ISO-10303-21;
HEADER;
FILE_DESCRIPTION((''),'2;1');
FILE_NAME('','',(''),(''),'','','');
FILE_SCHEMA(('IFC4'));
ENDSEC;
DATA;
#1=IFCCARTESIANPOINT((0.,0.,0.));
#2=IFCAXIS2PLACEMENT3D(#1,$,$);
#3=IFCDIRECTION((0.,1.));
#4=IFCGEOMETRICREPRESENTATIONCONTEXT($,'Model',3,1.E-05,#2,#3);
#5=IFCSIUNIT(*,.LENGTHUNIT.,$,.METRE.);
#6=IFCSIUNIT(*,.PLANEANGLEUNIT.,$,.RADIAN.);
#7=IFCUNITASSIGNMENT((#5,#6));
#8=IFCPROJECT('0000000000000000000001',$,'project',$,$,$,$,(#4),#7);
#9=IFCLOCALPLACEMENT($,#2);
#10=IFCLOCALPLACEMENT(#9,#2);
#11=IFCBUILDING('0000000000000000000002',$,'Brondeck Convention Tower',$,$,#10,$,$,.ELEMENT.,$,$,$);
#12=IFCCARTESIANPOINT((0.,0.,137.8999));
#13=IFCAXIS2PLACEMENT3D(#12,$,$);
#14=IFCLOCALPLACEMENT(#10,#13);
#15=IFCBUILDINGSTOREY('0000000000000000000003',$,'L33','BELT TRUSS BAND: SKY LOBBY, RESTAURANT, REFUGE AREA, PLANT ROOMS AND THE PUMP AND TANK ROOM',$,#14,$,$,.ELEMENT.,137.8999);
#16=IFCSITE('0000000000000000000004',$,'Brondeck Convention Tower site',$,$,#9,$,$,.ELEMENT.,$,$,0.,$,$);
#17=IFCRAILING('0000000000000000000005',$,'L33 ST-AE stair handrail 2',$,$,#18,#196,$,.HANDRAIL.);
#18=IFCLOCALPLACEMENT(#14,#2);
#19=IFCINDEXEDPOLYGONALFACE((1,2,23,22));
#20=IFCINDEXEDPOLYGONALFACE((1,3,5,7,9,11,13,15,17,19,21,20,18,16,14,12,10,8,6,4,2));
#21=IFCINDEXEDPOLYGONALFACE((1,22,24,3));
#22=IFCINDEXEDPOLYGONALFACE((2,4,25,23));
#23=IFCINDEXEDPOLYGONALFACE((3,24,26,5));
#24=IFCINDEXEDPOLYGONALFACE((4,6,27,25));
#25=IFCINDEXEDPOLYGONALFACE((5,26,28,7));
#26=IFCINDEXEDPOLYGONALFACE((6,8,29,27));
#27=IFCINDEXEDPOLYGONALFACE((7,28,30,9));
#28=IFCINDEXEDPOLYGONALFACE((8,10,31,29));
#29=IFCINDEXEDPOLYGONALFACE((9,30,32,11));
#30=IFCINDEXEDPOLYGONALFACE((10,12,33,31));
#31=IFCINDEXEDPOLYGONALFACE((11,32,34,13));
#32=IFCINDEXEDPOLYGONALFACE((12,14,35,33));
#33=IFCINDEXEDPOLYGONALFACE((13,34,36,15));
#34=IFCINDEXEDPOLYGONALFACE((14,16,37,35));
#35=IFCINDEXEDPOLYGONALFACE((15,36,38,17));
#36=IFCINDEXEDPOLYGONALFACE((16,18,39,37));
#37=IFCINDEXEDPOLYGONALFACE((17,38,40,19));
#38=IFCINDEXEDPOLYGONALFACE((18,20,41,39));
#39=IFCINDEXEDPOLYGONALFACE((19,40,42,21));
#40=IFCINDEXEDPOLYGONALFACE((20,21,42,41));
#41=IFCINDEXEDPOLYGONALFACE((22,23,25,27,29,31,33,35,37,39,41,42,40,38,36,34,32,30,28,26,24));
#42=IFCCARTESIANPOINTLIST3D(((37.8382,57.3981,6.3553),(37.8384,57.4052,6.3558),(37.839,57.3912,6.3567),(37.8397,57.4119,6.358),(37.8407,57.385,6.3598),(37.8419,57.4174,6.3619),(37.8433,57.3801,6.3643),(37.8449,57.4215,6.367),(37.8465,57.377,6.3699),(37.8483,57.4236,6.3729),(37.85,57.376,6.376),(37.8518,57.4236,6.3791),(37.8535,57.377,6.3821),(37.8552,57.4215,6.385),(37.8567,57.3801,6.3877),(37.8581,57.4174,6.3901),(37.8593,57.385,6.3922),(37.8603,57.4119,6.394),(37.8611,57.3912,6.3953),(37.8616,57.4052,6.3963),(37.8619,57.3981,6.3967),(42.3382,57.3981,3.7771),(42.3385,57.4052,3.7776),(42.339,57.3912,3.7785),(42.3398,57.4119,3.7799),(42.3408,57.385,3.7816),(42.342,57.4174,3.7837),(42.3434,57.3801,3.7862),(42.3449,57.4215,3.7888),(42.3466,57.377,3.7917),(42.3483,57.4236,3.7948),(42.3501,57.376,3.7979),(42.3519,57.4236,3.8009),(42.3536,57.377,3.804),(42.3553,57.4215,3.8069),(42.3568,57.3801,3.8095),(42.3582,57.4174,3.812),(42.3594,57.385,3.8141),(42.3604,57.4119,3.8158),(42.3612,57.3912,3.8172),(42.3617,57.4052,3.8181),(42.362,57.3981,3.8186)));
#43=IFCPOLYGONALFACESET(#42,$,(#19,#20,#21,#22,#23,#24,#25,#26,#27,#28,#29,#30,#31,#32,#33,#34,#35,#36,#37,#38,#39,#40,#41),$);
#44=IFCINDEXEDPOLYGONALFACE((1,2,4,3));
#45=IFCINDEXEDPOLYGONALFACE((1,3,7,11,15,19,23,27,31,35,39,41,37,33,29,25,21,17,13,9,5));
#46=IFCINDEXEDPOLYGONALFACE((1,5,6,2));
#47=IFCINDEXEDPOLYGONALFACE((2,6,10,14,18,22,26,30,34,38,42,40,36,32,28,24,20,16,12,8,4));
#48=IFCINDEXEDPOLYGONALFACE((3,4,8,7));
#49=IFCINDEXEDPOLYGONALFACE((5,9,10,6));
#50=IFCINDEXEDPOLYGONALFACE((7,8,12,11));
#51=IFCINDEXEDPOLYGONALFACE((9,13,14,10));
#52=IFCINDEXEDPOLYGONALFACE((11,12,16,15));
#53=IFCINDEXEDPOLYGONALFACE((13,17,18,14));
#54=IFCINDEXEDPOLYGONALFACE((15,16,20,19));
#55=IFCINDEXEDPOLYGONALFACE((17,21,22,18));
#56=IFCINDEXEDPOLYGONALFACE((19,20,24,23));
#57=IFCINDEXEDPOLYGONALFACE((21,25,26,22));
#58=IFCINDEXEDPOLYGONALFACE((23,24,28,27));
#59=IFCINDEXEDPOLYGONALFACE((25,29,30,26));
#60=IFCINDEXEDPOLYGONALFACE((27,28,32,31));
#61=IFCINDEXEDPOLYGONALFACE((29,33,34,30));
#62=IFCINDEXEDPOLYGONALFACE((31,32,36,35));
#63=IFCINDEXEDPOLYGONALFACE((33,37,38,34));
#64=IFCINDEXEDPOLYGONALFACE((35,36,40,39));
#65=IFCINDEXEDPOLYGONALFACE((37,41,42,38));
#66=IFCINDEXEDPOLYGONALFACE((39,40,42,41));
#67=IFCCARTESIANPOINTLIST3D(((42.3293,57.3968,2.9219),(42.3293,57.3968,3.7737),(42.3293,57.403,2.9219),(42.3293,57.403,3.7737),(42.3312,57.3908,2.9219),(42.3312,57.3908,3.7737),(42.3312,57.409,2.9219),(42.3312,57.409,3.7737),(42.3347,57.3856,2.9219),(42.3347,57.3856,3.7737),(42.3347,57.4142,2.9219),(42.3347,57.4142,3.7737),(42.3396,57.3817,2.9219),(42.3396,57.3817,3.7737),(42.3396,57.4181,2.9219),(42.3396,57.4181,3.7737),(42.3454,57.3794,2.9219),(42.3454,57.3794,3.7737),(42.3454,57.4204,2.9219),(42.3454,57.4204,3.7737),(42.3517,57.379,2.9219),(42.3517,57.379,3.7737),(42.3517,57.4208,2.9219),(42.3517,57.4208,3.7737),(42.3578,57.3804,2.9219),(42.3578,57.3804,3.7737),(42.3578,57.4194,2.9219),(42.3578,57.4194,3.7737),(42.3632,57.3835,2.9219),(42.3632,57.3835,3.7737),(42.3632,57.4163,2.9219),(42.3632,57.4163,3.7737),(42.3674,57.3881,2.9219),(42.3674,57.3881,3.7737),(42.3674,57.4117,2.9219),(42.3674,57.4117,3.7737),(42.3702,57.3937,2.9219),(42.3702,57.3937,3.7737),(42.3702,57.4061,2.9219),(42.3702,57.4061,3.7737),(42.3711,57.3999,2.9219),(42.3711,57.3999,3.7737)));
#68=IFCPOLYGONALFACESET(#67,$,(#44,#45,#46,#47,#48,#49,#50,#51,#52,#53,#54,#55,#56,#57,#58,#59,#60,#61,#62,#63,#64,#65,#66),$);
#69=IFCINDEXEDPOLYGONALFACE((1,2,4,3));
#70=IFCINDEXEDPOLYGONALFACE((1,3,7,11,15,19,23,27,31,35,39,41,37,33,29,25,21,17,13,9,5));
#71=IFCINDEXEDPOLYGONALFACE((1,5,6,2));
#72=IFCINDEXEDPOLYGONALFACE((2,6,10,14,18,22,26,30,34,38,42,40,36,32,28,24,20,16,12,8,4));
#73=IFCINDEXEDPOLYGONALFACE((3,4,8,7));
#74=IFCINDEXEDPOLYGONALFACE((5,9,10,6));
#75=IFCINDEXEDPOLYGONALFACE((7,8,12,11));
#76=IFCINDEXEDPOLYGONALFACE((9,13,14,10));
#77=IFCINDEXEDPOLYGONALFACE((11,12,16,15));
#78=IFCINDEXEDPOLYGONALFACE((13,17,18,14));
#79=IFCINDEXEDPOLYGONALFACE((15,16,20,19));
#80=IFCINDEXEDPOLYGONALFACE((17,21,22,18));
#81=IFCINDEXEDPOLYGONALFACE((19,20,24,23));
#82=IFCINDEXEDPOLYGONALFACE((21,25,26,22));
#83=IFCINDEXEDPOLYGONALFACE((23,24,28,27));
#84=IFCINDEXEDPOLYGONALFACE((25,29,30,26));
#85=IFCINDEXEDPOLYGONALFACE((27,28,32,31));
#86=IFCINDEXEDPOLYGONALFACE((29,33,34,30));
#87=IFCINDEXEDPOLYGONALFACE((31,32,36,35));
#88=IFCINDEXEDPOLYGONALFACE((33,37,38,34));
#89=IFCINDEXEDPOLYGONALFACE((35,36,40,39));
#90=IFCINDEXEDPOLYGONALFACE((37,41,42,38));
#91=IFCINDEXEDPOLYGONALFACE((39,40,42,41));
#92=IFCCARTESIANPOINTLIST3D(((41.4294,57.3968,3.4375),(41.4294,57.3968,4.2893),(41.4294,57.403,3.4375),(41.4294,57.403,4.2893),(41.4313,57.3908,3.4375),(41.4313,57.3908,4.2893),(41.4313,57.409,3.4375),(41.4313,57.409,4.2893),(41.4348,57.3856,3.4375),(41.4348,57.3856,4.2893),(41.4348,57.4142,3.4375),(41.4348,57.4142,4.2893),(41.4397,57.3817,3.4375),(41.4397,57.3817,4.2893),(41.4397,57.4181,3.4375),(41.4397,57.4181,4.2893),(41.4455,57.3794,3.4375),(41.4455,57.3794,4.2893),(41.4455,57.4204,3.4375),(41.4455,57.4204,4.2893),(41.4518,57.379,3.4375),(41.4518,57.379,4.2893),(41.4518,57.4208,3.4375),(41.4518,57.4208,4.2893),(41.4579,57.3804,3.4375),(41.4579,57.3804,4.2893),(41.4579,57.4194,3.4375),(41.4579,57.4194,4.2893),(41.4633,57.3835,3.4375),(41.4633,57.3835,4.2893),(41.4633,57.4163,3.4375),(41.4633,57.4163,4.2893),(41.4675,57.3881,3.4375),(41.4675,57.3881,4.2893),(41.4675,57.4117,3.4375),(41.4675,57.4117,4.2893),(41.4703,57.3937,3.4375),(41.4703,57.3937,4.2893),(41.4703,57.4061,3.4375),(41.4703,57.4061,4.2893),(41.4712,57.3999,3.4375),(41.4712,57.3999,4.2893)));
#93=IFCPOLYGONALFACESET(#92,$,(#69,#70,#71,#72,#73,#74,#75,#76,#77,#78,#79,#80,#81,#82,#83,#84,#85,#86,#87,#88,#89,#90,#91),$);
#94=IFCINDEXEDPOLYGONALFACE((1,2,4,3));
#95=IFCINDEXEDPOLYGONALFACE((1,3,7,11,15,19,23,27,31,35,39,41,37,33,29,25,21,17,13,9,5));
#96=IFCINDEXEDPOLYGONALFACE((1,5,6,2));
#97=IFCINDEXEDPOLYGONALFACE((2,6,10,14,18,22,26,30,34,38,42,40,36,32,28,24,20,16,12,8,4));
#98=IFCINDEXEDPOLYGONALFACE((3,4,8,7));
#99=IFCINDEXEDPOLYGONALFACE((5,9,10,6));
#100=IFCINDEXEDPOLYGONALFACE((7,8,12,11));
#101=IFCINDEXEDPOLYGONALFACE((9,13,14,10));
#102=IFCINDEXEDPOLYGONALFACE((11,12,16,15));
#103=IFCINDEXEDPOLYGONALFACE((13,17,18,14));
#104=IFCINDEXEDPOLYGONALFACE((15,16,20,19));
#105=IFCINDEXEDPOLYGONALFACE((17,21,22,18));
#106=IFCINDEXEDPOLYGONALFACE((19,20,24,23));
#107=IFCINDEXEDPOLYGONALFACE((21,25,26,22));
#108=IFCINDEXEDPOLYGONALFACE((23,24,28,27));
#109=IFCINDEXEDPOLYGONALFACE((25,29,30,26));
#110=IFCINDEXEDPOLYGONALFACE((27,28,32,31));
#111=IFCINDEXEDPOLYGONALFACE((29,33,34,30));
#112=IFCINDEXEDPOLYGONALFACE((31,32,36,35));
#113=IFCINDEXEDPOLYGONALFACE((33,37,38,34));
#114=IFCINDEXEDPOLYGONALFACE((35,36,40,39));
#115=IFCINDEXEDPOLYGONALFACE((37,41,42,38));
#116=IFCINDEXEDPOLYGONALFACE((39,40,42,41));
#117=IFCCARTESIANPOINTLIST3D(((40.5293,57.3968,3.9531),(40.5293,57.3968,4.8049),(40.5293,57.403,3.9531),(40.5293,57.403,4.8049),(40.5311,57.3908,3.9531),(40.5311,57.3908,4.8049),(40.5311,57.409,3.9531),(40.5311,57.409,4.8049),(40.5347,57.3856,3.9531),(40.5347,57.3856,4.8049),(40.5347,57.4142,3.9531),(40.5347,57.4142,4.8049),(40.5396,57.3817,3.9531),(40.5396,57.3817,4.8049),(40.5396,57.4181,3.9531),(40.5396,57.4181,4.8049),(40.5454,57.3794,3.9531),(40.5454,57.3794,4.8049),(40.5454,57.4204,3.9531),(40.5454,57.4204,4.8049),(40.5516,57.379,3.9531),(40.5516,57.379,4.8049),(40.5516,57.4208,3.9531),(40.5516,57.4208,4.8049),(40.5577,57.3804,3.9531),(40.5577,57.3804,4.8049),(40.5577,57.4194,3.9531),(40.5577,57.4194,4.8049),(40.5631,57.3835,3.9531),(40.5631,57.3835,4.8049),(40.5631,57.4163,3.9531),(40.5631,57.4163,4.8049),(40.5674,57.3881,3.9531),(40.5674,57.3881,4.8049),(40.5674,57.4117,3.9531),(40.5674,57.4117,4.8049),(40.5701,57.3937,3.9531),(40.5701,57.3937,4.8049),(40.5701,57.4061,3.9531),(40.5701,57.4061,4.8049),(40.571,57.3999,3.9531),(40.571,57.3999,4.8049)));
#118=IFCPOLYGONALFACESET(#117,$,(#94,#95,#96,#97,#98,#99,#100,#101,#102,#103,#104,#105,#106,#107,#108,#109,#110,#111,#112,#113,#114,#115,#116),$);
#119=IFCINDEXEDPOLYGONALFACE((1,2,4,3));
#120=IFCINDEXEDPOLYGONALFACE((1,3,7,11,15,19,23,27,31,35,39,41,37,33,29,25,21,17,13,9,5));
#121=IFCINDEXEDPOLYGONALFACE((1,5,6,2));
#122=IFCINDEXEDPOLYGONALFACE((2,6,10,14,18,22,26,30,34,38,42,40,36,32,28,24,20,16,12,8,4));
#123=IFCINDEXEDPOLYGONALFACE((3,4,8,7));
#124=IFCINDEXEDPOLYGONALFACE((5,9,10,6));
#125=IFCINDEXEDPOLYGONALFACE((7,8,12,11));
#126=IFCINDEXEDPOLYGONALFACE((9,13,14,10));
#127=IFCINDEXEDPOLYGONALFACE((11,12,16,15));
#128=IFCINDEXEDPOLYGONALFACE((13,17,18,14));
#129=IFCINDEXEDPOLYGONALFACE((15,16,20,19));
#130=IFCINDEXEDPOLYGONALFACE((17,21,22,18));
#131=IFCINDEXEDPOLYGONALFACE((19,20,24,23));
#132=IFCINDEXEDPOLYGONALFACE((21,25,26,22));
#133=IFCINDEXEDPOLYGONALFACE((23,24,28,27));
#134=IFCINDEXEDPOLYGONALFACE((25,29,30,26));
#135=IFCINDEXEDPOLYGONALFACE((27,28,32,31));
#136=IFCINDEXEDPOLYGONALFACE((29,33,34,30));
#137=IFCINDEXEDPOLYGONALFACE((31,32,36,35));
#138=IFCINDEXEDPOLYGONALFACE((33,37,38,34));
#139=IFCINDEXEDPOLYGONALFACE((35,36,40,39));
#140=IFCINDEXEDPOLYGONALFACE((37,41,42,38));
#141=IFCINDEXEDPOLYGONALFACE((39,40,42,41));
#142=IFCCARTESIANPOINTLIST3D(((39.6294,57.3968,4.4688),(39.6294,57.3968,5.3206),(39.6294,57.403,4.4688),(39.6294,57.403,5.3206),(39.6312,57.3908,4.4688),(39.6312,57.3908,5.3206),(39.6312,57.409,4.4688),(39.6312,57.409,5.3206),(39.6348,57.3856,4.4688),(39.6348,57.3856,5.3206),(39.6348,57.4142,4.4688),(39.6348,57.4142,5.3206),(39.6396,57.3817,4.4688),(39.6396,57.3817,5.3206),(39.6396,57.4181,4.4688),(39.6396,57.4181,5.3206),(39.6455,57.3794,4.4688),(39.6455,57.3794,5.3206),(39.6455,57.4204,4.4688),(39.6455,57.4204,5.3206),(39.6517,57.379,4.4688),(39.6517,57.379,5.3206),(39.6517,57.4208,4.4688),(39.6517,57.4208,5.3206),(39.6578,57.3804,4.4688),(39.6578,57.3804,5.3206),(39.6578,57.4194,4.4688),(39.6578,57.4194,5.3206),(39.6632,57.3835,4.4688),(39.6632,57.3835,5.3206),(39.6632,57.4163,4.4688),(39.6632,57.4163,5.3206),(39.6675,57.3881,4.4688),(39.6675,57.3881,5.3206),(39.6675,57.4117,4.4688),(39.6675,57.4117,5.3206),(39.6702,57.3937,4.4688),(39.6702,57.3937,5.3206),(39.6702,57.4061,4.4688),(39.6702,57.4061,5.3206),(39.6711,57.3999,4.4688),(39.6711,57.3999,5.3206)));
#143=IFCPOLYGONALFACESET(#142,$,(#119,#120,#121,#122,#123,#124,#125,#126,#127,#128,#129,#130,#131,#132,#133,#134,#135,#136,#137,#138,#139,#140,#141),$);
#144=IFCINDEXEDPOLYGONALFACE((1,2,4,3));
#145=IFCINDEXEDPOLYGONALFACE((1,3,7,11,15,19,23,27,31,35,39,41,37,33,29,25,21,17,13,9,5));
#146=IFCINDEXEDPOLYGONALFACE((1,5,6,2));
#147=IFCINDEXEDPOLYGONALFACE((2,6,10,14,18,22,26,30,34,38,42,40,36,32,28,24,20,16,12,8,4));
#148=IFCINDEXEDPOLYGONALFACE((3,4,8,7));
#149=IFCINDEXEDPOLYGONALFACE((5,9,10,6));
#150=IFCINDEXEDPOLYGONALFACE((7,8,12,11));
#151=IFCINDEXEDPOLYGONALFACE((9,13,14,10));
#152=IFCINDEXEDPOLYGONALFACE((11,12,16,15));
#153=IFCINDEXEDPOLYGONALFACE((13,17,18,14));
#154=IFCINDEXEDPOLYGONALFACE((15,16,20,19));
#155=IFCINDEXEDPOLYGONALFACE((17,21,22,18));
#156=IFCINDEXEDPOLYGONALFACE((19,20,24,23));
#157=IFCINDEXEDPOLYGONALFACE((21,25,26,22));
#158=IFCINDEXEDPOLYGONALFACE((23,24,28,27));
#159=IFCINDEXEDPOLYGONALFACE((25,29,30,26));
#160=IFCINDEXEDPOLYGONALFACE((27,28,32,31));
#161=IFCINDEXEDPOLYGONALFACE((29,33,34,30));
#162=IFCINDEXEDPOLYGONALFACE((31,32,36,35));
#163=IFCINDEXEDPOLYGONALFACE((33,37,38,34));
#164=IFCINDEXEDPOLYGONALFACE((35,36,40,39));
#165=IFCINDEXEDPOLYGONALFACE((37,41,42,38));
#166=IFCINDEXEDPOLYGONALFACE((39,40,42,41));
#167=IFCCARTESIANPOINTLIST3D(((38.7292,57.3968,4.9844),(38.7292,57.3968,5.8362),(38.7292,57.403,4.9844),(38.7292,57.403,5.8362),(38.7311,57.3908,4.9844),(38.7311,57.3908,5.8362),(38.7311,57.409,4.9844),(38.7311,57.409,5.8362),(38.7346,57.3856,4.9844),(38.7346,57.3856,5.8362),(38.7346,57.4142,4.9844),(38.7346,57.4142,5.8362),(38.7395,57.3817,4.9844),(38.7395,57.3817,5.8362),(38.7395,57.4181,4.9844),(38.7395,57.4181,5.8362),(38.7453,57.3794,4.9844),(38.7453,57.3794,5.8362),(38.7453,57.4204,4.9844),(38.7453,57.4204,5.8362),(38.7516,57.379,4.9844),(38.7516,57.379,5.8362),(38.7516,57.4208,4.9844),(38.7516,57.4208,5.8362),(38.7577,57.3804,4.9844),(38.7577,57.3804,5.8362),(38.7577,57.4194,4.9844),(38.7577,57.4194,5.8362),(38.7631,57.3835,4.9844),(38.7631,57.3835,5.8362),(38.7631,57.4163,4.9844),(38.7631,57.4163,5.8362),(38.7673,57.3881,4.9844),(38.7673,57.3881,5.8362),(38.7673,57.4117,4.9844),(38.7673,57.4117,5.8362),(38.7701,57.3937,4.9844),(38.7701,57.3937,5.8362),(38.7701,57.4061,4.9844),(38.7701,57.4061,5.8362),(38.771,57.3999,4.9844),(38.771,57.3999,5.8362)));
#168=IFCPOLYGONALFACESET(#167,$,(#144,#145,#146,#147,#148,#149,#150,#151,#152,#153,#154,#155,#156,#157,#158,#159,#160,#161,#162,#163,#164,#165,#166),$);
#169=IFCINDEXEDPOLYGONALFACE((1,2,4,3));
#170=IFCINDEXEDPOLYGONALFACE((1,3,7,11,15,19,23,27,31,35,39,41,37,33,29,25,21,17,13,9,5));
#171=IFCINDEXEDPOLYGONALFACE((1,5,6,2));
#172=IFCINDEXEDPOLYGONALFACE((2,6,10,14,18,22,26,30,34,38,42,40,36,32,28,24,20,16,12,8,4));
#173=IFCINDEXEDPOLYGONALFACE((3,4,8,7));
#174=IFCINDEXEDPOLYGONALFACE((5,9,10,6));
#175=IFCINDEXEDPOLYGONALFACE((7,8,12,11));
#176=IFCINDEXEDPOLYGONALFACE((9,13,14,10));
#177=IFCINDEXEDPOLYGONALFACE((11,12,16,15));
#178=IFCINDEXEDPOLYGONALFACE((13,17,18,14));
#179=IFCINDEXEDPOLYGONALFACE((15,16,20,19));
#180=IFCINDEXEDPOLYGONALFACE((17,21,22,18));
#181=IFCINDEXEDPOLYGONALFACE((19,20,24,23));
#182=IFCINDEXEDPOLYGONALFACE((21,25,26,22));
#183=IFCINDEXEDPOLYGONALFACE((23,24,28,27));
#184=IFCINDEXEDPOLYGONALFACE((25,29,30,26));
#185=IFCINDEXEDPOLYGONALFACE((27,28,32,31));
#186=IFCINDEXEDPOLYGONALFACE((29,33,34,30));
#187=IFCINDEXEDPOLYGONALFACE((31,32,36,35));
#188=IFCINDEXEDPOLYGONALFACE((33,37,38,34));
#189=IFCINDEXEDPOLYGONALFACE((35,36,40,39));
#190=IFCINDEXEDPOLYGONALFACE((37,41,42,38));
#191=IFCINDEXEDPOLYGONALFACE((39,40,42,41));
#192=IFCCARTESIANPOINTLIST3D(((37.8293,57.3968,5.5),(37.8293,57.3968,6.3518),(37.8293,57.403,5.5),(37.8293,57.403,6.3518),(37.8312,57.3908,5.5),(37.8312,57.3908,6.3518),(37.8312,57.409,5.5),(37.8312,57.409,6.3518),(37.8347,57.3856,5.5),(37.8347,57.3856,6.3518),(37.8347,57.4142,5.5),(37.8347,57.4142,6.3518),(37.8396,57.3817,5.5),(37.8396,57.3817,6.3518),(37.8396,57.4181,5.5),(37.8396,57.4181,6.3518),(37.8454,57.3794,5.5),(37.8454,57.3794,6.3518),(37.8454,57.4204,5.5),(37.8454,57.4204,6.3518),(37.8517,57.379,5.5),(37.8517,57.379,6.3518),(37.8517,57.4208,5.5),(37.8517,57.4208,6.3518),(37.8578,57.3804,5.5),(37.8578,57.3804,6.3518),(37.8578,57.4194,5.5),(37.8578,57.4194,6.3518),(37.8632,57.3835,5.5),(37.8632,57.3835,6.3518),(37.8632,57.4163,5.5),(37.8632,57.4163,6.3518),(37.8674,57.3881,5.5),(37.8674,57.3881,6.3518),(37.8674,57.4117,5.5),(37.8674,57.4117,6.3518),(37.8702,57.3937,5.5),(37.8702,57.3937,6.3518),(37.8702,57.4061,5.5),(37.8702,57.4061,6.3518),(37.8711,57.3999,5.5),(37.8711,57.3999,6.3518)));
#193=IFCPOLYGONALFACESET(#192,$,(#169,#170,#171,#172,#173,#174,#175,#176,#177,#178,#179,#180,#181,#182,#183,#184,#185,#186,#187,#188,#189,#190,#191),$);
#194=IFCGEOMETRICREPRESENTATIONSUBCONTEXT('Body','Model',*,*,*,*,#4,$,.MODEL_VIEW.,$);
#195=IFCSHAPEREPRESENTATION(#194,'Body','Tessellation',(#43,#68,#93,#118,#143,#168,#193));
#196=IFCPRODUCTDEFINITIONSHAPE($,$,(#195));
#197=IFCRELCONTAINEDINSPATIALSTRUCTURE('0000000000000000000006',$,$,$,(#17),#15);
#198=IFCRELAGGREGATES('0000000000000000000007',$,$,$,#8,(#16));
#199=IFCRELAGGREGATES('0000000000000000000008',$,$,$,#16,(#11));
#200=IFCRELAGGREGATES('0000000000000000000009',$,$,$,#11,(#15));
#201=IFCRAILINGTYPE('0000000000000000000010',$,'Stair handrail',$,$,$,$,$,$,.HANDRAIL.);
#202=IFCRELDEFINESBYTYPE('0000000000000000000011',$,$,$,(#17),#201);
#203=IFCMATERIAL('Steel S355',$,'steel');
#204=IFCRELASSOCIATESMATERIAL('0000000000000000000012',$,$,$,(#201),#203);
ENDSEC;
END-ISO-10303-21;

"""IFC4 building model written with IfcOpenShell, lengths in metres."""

from ifc_helpers import new_model, si_unit, direction, frame, origin, origin_2d, place, context, subcontext, project, spatial, circle, extrude, material, type_object, element, save


model = new_model("IFC4")

# Units and contexts
model_context = context("Model", 3, precision=1e-05, world=origin(), true_north=direction((0.0, 1.0)))
body_context = subcontext(model_context, "Body", "Model", "MODEL_VIEW")
ifc_project = project(units=[si_unit("LENGTHUNIT", "METRE"), si_unit("PLANEANGLEUNIT", "RADIAN")], contexts=[model_context])

# Site, building, storey
site_placement = place(None, origin())
site = spatial("IfcSite", under=ifc_project, at=site_placement, Name="Brondeck Convention Tower site", CompositionType="ELEMENT", RefElevation=0.0)
building_placement = place(site_placement, origin())
building = spatial("IfcBuilding", under=site, at=building_placement, Name="Brondeck Convention Tower", CompositionType="ELEMENT")
storey_placement = place(building_placement, frame((0.0, 0.0, 137.8999)))
storey = spatial("IfcBuildingStorey", under=building, at=storey_placement, Name="L33", Description="BELT TRUSS BAND: SKY LOBBY, RESTAURANT, REFUGE AREA, PLANT ROOMS AND THE PUMP AND TANK ROOM", CompositionType="ELEMENT", Elevation=137.8999)

# Shared definitions
ifc_material_1 = material(Name="Steel S355", Category="steel")

# Railing
railing_type_1 = type_object("IfcRailingType", Name="Stair handrail", PredefinedType="HANDRAIL", material=ifc_material_1)
railing_1_placement = place(storey_placement, frame((42.3501, 57.3999, 2.9219)))
element("IfcRailing", 1, at=railing_1_placement, inside=storey, type_object=railing_type_1, Name="L33 ST-AE stair handrail 2", PredefinedType="HANDRAIL", context=body_context, shape_type="SweptSolid", body=[
    extrude(circle(Radius=0.0239, at=origin_2d()), frame((0.0, 0.0, 0.876), z_axis=(-0.867686, 0.0, 0.497112), x_axis=(0.0, -1.0, 0.0)), (0.0, 0.0, 1.0), 5.1863),
    extrude(circle(Radius=0.021, at=origin_2d()), origin(), (0.0, 0.0, 1.0), 0.8518),
    extrude(circle(Radius=0.021, at=origin_2d()), frame((-0.8999, 0.0, 0.5156)), (0.0, 0.0, 1.0), 0.8518),
    extrude(circle(Radius=0.021, at=origin_2d()), frame((-1.8, 0.0, 1.0312)), (0.0, 0.0, 1.0), 0.8518),
    extrude(circle(Radius=0.021, at=origin_2d()), frame((-2.7, 0.0, 1.5469)), (0.0, 0.0, 1.0), 0.8518),
    extrude(circle(Radius=0.021, at=origin_2d()), frame((-3.6001, 0.0, 2.0625)), (0.0, 0.0, 1.0), 0.8518),
    extrude(circle(Radius=0.021, at=origin_2d()), frame((-4.5, 0.0, 2.5781)), (0.0, 0.0, 1.0), 0.8518),
])

save(model, "model.ifc")
